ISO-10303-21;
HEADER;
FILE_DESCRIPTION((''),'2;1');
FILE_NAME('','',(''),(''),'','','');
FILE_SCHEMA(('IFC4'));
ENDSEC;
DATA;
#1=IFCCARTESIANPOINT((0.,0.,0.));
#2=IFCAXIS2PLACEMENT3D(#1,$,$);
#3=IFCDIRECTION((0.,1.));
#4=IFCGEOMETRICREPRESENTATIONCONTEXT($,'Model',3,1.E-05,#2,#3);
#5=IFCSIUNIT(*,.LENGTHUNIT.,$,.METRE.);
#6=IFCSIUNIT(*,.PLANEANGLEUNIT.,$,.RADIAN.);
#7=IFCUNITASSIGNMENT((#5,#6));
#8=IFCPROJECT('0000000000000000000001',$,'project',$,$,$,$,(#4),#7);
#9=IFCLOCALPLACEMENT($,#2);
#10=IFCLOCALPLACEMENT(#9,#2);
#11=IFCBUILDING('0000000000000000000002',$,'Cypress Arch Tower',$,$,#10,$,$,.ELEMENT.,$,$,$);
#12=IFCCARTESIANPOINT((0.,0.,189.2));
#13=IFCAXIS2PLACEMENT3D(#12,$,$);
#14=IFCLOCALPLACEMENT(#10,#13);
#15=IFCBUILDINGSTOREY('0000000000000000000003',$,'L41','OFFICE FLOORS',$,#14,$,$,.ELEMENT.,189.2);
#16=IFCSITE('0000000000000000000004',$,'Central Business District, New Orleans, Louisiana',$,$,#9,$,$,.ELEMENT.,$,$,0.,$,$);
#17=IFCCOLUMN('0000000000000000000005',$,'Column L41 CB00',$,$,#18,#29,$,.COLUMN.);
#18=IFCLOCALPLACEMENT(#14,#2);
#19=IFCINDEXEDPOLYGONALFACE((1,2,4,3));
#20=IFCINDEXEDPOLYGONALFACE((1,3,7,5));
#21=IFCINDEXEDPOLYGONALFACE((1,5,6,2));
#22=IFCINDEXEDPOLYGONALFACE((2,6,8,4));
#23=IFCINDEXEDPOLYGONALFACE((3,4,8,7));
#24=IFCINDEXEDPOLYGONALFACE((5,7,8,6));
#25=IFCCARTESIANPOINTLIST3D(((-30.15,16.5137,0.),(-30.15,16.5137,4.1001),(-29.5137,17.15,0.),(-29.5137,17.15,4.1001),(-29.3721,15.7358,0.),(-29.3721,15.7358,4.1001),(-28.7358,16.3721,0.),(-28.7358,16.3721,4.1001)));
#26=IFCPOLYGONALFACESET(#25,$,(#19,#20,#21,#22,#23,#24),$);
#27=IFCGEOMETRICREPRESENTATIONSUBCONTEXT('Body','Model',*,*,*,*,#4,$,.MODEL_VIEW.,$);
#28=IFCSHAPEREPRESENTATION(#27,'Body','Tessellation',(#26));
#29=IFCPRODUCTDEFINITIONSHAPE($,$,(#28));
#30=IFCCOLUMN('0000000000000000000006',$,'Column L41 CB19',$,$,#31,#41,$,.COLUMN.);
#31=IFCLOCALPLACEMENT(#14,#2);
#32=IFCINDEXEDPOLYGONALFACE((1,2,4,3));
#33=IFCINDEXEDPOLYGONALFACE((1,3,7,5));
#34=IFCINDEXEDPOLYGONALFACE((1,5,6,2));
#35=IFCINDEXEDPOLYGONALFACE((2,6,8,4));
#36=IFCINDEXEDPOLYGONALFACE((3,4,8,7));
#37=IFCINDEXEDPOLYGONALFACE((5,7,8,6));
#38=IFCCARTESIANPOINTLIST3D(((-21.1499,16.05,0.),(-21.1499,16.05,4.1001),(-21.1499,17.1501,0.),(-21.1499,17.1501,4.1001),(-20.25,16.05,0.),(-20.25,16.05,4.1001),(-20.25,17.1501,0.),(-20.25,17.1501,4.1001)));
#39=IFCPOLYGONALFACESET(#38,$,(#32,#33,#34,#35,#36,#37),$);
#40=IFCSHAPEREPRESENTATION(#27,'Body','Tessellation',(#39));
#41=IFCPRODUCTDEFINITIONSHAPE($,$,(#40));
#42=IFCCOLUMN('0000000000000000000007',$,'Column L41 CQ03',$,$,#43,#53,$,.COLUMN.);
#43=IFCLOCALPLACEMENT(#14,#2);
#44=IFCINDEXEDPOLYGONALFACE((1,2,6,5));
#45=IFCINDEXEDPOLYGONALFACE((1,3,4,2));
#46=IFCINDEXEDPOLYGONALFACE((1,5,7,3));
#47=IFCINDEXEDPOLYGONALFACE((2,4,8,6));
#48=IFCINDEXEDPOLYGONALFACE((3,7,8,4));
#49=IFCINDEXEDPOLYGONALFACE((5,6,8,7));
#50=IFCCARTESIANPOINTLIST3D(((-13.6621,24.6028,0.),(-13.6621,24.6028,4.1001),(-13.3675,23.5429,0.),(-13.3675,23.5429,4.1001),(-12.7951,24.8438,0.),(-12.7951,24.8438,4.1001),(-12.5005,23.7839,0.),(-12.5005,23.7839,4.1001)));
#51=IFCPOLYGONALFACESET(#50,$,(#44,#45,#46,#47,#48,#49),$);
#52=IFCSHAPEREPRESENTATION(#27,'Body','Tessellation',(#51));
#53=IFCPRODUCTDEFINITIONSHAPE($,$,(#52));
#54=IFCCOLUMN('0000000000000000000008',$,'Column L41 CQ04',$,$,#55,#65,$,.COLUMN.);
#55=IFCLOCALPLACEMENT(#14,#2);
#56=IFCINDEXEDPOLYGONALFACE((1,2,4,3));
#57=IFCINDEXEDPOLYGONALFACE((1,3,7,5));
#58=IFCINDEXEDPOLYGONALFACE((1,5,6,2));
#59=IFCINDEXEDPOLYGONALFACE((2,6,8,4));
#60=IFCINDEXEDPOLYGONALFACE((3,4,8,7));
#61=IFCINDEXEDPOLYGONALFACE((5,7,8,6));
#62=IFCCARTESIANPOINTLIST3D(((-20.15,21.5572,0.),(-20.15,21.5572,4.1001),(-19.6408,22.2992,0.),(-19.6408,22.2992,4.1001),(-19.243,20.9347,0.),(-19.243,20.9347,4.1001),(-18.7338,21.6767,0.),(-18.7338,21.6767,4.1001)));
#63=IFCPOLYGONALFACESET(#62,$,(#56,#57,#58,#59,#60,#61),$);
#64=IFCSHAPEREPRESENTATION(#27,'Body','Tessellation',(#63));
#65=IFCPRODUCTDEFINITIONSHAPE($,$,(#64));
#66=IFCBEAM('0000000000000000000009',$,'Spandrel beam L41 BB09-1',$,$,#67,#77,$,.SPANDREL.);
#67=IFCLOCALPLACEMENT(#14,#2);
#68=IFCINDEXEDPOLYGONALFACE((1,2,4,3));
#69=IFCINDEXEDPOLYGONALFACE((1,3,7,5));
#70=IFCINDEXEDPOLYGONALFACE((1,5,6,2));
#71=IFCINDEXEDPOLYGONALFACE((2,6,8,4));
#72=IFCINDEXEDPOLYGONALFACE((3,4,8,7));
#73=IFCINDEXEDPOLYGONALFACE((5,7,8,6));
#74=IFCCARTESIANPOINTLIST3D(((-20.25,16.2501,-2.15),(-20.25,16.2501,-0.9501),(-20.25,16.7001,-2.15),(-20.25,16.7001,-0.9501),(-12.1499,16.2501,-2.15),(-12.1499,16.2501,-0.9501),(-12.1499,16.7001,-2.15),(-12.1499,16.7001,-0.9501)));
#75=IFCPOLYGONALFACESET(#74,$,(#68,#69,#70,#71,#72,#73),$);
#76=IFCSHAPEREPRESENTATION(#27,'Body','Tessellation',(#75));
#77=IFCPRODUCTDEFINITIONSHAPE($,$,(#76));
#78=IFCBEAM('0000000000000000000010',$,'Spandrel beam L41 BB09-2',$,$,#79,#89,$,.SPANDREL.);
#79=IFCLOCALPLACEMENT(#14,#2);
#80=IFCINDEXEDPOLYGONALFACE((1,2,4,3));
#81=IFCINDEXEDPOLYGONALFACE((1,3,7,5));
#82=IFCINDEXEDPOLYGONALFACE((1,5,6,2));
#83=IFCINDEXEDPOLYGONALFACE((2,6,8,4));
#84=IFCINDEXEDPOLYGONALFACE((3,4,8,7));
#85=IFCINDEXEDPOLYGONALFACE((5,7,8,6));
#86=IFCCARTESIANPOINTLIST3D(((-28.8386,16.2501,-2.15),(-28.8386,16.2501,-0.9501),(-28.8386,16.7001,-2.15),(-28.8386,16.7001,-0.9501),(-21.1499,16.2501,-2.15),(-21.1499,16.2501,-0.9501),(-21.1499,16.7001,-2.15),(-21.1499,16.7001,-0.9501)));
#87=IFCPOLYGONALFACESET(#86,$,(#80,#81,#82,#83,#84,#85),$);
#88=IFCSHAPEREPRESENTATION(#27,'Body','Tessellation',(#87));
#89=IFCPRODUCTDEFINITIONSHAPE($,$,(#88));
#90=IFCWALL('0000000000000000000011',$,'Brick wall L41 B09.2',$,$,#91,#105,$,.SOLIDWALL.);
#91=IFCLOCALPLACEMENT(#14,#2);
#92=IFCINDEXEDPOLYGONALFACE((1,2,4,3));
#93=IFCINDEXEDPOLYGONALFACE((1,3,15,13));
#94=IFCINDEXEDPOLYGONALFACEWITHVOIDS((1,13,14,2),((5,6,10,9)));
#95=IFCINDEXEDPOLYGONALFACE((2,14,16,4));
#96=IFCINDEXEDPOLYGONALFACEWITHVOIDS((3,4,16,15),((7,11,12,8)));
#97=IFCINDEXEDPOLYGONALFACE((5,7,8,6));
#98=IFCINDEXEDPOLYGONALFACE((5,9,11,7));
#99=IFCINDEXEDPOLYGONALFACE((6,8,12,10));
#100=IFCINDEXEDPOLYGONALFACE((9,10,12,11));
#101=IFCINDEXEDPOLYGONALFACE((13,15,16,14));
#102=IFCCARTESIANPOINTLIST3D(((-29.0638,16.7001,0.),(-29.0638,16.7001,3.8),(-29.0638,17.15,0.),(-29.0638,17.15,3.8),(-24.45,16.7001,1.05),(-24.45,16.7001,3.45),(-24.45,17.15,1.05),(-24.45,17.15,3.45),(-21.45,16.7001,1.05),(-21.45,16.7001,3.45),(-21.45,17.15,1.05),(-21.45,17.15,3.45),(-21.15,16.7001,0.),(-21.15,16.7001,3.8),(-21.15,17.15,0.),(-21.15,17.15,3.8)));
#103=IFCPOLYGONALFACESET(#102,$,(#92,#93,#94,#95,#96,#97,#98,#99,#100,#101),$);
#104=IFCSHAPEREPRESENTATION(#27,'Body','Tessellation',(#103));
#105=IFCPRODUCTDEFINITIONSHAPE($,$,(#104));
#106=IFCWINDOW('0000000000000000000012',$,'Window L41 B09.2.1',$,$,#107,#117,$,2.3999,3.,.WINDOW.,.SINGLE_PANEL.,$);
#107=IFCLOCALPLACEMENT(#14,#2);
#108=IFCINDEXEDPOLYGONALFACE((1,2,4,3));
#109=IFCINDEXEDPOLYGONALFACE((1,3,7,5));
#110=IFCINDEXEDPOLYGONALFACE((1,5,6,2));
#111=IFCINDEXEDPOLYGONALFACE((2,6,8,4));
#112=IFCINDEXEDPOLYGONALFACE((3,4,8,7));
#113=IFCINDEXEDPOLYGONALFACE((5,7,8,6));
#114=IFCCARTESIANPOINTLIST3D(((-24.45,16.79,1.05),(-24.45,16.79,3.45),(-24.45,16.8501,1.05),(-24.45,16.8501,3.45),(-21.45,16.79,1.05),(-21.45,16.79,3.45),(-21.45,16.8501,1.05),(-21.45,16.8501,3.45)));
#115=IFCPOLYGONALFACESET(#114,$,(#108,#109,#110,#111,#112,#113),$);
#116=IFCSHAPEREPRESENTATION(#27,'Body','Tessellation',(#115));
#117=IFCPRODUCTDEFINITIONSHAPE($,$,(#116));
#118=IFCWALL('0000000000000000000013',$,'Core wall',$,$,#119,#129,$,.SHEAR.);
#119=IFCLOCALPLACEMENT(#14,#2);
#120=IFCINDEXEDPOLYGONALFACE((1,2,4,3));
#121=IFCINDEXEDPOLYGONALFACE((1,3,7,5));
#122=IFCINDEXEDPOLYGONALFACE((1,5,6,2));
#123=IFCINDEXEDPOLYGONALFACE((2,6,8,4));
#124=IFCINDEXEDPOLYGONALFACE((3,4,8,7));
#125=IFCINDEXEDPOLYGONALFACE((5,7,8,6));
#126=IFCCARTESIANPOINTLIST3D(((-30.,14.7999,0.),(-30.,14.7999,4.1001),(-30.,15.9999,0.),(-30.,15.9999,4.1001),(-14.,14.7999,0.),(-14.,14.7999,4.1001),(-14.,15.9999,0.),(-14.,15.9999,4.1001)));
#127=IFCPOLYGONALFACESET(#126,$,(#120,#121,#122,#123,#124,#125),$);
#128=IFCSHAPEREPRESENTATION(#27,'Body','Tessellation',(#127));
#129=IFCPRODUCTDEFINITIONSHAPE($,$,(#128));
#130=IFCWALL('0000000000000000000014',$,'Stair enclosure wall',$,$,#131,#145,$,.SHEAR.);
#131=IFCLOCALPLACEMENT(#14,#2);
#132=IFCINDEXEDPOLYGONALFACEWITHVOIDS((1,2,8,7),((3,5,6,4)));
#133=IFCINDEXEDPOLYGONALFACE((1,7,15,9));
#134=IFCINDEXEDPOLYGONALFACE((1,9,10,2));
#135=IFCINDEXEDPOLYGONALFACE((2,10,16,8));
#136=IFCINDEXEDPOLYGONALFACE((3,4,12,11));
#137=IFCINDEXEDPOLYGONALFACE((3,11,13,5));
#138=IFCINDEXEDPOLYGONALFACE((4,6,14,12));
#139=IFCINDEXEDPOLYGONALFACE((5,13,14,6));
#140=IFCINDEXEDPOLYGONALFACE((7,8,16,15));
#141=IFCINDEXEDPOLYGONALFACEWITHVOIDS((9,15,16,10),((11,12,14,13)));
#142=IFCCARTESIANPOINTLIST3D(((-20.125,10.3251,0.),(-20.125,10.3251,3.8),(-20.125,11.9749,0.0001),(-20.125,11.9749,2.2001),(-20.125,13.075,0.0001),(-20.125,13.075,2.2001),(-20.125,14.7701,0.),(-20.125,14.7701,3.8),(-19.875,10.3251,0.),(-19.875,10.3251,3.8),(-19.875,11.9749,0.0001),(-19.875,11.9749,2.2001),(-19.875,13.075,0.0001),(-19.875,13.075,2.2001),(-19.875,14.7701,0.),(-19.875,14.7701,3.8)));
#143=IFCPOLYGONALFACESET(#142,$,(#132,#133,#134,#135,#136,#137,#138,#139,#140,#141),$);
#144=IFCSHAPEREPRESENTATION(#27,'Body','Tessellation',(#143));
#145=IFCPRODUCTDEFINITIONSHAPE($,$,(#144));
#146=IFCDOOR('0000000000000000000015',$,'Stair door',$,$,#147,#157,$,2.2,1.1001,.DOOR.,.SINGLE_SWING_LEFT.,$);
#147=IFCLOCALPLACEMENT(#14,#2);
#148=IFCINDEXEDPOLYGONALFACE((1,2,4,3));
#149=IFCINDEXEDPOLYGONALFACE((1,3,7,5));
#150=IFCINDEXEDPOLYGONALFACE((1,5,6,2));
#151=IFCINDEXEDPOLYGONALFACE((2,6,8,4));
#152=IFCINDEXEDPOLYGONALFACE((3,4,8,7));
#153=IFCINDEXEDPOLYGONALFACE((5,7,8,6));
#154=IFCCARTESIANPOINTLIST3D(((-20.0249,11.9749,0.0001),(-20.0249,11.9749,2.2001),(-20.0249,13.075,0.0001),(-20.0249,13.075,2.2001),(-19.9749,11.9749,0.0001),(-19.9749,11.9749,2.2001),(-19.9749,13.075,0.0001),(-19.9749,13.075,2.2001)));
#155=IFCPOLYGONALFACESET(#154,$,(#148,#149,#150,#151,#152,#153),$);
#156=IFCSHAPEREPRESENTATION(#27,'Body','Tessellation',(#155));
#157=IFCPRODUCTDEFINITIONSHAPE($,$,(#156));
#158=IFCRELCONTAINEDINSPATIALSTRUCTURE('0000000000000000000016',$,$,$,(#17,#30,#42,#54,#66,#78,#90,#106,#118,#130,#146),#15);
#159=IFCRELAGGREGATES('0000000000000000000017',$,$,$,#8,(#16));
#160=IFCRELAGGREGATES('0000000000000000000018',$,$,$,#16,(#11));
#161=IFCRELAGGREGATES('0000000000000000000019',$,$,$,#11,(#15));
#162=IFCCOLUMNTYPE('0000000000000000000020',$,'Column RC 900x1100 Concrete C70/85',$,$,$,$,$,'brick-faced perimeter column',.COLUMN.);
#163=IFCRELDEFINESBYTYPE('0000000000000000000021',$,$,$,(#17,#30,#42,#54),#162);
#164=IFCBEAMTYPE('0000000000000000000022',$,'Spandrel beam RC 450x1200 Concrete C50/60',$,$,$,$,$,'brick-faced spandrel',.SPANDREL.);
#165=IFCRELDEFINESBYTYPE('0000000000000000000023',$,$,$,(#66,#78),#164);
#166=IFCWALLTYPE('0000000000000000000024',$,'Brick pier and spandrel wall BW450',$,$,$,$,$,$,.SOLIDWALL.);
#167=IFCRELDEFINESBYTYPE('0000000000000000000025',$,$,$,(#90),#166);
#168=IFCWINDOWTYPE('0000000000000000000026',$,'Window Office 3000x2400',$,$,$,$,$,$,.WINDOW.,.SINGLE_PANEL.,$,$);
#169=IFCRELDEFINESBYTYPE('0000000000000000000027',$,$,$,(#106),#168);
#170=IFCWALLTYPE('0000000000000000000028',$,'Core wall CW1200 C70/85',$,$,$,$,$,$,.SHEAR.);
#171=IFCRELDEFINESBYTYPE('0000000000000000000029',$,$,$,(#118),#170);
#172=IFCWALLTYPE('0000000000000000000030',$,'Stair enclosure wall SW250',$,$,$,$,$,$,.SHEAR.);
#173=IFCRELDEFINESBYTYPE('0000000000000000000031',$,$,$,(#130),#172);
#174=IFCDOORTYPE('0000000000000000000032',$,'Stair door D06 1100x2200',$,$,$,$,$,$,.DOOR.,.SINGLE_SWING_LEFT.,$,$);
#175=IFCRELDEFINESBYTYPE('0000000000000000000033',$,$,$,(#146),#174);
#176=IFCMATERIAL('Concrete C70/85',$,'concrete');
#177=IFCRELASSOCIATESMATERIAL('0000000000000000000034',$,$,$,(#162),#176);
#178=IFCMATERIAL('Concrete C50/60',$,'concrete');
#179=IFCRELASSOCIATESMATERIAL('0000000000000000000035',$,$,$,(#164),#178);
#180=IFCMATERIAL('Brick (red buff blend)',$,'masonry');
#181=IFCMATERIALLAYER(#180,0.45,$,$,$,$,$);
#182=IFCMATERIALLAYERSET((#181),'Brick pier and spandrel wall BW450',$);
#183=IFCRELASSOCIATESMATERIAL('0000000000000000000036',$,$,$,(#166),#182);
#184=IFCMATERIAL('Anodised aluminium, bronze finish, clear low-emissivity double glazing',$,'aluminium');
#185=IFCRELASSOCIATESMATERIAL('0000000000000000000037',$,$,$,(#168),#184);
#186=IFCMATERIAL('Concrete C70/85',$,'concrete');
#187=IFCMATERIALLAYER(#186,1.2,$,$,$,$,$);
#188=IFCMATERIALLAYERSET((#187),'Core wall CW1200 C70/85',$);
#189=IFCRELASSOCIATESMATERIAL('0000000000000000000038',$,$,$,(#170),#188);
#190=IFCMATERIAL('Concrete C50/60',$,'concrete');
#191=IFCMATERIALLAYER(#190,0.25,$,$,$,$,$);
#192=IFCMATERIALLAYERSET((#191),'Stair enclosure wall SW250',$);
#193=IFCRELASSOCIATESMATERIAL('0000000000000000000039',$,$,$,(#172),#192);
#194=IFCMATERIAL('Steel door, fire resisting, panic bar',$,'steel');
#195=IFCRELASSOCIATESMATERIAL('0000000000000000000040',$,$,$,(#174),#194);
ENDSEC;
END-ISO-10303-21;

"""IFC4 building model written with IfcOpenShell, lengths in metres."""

from ifc_helpers import new_model, si_unit, direction, frame, frame_2d, origin, origin_2d, place, context, subcontext, project, spatial, rectangle, extrude, material, layer, layer_set, material_profile, profile_set, type_object, element, fill, save


model = new_model("IFC4")

# Units and contexts
model_context = context("Model", 3, precision=1e-05, world=origin(), true_north=direction((0.0, 1.0)))
body_context = subcontext(model_context, "Body", "Model", "MODEL_VIEW")
ifc_project = project(units=[si_unit("LENGTHUNIT", "METRE"), si_unit("PLANEANGLEUNIT", "RADIAN")], contexts=[model_context])

# Site, building, storey
site_placement = place(None, origin())
site = spatial("IfcSite", under=ifc_project, at=site_placement, Name="Central Business District, New Orleans, Louisiana", CompositionType="ELEMENT", RefElevation=0.0)
building_placement = place(site_placement, origin())
building = spatial("IfcBuilding", under=site, at=building_placement, Name="Cypress Arch Tower", CompositionType="ELEMENT")
storey_placement = place(building_placement, frame((0.0, 0.0, 189.2)))
storey = spatial("IfcBuildingStorey", under=building, at=storey_placement, Name="L41", Description="OFFICE FLOORS", CompositionType="ELEMENT", Elevation=189.2)

# Columns
ifc_material_1 = material(Name="Concrete C70/85", Category="concrete")
ifc_material_profile_1 = material_profile(ifc_material_1, rectangle(XDim=0.8999, YDim=1.1001, at=origin_2d()), Name="RC 900x1100")
ifc_profile_set_1 = profile_set([ifc_material_profile_1], Name="Concrete C70/85")
column_type = type_object("IfcColumnType", Name="Column RC 900x1100 Concrete C70/85", ElementType="brick-faced perimeter column", PredefinedType="COLUMN", material=ifc_profile_set_1)
for number, where, z_axis, x_axis, name in (
    (1, (-29.4429, 16.4429, 0.0), (0.0, 0.0, 1.0), (-0.707107, -0.707107, 0.0), "Column L41 CB00"),
    (2, (-20.7, 16.6001, 0.0), (0.0, 0.0, 1.0), (-1.0, 0.0, 0.0), "Column L41 CB19"),
    (3, (-13.0813, 24.1934, 0.0), (0.0, 0.0, 1.0), (-0.963456, -0.267868, 0.0), "Column L41 CQ03"),
    (4, (-19.4419, 21.6169, 0.0), (0.0, 0.0, 1.0), (-0.565893, -0.824479, 0.0), "Column L41 CQ04"),
):
    element("IfcColumn", number, at=place(storey_placement, frame(where, z_axis=z_axis, x_axis=x_axis)), inside=storey, type_object=column_type, Name=name, PredefinedType="COLUMN", context=body_context, shape_type="SweptSolid", body=[
        extrude(rectangle(XDim=0.8999, YDim=1.1001, at=origin_2d()), origin(), (0.0, 0.0, 1.0), 4.1001),
    ])

# Beams
ifc_material_2 = material(Name="Concrete C50/60", Category="concrete")
ifc_material_profile_2 = material_profile(ifc_material_2, rectangle(XDim=0.45, YDim=1.2, at=origin_2d()), Name="RC 450x1200")
ifc_profile_set_2 = profile_set([ifc_material_profile_2], Name="Concrete C50/60")
beam_type = type_object("IfcBeamType", Name="Spandrel beam RC 450x1200 Concrete C50/60", ElementType="brick-faced spandrel", PredefinedType="SPANDREL", material=ifc_profile_set_2)
beam_1_placement = place(storey_placement, frame((-12.1499, 16.4751, -1.55), z_axis=(-1.0, 0.0, 0.0), x_axis=(0.0, -1.0, 0.0)))
element("IfcBeam", 5, at=beam_1_placement, inside=storey, type_object=beam_type, Name="Spandrel beam L41 BB09-1", PredefinedType="SPANDREL", context=body_context, shape_type="SweptSolid", body=[
    extrude(rectangle(XDim=0.45, YDim=1.2, at=origin_2d()), origin(), (0.0, 0.0, 1.0), 8.1001),
])
beam_2_placement = place(storey_placement, frame((-21.1499, 16.4751, -1.55), z_axis=(-1.0, 0.0, 0.0), x_axis=(0.0, -1.0, 0.0)))
element("IfcBeam", 6, at=beam_2_placement, inside=storey, type_object=beam_type, Name="Spandrel beam L41 BB09-2", PredefinedType="SPANDREL", context=body_context, shape_type="SweptSolid", body=[
    extrude(rectangle(XDim=0.45, YDim=1.2, at=origin_2d()), origin(), (0.0, 0.0, 1.0), 7.6887),
])

# Wall, opening, window
ifc_material_3 = material(Name="Brick (red buff blend)", Category="masonry")
ifc_layer_1 = layer(ifc_material_3, 0.45)
ifc_layer_set_1 = layer_set([ifc_layer_1], Name="Brick pier and spandrel wall BW450")
wall_type_1 = type_object("IfcWallType", Name="Brick pier and spandrel wall BW450", PredefinedType="SOLIDWALL", material=ifc_layer_set_1)
wall_1_placement = place(storey_placement, frame((-21.1499, 16.925, 0.0), z_axis=(0.0, 0.0, 1.0), x_axis=(-1.0, 0.0, 0.0)))
wall_1 = element("IfcWall", 7, at=wall_1_placement, inside=storey, type_object=wall_type_1, Name="Brick wall L41 B09.2", PredefinedType="SOLIDWALL", context=body_context, shape_type="SweptSolid", body=[
    extrude(rectangle(XDim=7.9138, YDim=0.45, at=frame_2d((3.957, 0.0))), origin(), (0.0, 0.0, 1.0), 3.8),
])
opening_1_placement = place(wall_1_placement, frame((0.3, 0.0, 1.05)))
opening_1 = element("IfcOpeningElement", 8, at=opening_1_placement, cuts=wall_1, PredefinedType="OPENING", context=body_context, shape_type="SweptSolid", body=[
    extrude(rectangle(XDim=3.0, YDim=2.3999, at=frame_2d((1.5, 1.2))), frame((0.0, 0.2349, 0.0), z_axis=(0.0, -1.0, 0.0), x_axis=(1.0, 0.0, 0.0)), (0.0, 0.0, 1.0), 0.47),
])
ifc_material_4 = material(Name="Anodised aluminium, bronze finish, clear low-emissivity double glazing", Category="aluminium")
window_type = type_object("IfcWindowType", Name="Window Office 3000x2400", PartitioningType="SINGLE_PANEL", PredefinedType="WINDOW", material=ifc_material_4)
window_placement = place(opening_1_placement, origin())
window = element("IfcWindow", 9, at=window_placement, inside=storey, type_object=window_type, Name="Window L41 B09.2.1", OverallHeight=2.3999, OverallWidth=3.0, PartitioningType="SINGLE_PANEL", PredefinedType="WINDOW", context=body_context, shape_type="SweptSolid", body=[
    extrude(rectangle(XDim=3.0, YDim=2.3999, at=frame_2d((1.5, 1.2))), frame((0.0, 0.135, 0.0), z_axis=(0.0, -1.0, 0.0), x_axis=(1.0, 0.0, 0.0)), (0.0, 0.0, 1.0), 0.0601),
])
fill(opening_1, window)

# Wall
ifc_material_5 = material(Name="Concrete C70/85", Category="concrete")
ifc_layer_2 = layer(ifc_material_5, 1.2)
ifc_layer_set_2 = layer_set([ifc_layer_2], Name="Core wall CW1200 C70/85")
wall_type_2 = type_object("IfcWallType", Name="Core wall CW1200 C70/85", PredefinedType="SHEAR", material=ifc_layer_set_2)
wall_2_placement = place(storey_placement, frame((-30.0, 15.3999, 0.0), z_axis=(0.0, 0.0, 1.0), x_axis=(1.0, 0.0, 0.0)))
element("IfcWall", 10, at=wall_2_placement, inside=storey, type_object=wall_type_2, Name="Core wall", PredefinedType="SHEAR", context=body_context, shape_type="SweptSolid", body=[
    extrude(rectangle(XDim=16.0, YDim=1.2, at=frame_2d((8.0, 0.0))), origin(), (0.0, 0.0, 1.0), 4.1001),
])

# Wall, opening, door
ifc_material_6 = material(Name="Concrete C50/60", Category="concrete")
ifc_layer_3 = layer(ifc_material_6, 0.25)
ifc_layer_set_3 = layer_set([ifc_layer_3], Name="Stair enclosure wall SW250")
wall_type_3 = type_object("IfcWallType", Name="Stair enclosure wall SW250", PredefinedType="SHEAR", material=ifc_layer_set_3)
wall_3_placement = place(storey_placement, frame((-20.0, 10.325, 0.0), z_axis=(0.0, 0.0, 1.0), x_axis=(0.0, 1.0, 0.0)))
wall_3 = element("IfcWall", 11, at=wall_3_placement, inside=storey, type_object=wall_type_3, Name="Stair enclosure wall", PredefinedType="SHEAR", context=body_context, shape_type="SweptSolid", body=[
    extrude(rectangle(XDim=4.4451, YDim=0.25, at=frame_2d((2.2227, 0.0))), origin(), (0.0, 0.0, 1.0), 3.8),
])
opening_2_placement = place(wall_3_placement, frame((1.6499, 0.0, 0.0)))
opening_2 = element("IfcOpeningElement", 12, at=opening_2_placement, cuts=wall_3, PredefinedType="OPENING", context=body_context, shape_type="SweptSolid", body=[
    extrude(rectangle(XDim=1.1001, YDim=2.2, at=frame_2d((0.55, 1.1001))), frame((0.0, 0.135, 0.0), z_axis=(0.0, -1.0, 0.0), x_axis=(1.0, 0.0, 0.0)), (0.0, 0.0, 1.0), 0.27),
])
ifc_material_7 = material(Name="Steel door, fire resisting, panic bar", Category="steel")
door_type = type_object("IfcDoorType", Name="Stair door D06 1100x2200", OperationType="SINGLE_SWING_LEFT", PredefinedType="DOOR", material=ifc_material_7)
door_placement = place(opening_2_placement, origin())
door = element("IfcDoor", 13, at=door_placement, inside=storey, type_object=door_type, Name="Stair door", OperationType="SINGLE_SWING_LEFT", OverallHeight=2.2, OverallWidth=1.1001, PredefinedType="DOOR", context=body_context, shape_type="SweptSolid", body=[
    extrude(rectangle(XDim=1.1001, YDim=2.2, at=frame_2d((0.55, 1.1001))), frame((0.0, 0.0249, 0.0), z_axis=(0.0, -1.0, 0.0), x_axis=(1.0, 0.0, 0.0)), (0.0, 0.0, 1.0), 0.05),
])
fill(opening_2, door)

save(model, "model.ifc")
